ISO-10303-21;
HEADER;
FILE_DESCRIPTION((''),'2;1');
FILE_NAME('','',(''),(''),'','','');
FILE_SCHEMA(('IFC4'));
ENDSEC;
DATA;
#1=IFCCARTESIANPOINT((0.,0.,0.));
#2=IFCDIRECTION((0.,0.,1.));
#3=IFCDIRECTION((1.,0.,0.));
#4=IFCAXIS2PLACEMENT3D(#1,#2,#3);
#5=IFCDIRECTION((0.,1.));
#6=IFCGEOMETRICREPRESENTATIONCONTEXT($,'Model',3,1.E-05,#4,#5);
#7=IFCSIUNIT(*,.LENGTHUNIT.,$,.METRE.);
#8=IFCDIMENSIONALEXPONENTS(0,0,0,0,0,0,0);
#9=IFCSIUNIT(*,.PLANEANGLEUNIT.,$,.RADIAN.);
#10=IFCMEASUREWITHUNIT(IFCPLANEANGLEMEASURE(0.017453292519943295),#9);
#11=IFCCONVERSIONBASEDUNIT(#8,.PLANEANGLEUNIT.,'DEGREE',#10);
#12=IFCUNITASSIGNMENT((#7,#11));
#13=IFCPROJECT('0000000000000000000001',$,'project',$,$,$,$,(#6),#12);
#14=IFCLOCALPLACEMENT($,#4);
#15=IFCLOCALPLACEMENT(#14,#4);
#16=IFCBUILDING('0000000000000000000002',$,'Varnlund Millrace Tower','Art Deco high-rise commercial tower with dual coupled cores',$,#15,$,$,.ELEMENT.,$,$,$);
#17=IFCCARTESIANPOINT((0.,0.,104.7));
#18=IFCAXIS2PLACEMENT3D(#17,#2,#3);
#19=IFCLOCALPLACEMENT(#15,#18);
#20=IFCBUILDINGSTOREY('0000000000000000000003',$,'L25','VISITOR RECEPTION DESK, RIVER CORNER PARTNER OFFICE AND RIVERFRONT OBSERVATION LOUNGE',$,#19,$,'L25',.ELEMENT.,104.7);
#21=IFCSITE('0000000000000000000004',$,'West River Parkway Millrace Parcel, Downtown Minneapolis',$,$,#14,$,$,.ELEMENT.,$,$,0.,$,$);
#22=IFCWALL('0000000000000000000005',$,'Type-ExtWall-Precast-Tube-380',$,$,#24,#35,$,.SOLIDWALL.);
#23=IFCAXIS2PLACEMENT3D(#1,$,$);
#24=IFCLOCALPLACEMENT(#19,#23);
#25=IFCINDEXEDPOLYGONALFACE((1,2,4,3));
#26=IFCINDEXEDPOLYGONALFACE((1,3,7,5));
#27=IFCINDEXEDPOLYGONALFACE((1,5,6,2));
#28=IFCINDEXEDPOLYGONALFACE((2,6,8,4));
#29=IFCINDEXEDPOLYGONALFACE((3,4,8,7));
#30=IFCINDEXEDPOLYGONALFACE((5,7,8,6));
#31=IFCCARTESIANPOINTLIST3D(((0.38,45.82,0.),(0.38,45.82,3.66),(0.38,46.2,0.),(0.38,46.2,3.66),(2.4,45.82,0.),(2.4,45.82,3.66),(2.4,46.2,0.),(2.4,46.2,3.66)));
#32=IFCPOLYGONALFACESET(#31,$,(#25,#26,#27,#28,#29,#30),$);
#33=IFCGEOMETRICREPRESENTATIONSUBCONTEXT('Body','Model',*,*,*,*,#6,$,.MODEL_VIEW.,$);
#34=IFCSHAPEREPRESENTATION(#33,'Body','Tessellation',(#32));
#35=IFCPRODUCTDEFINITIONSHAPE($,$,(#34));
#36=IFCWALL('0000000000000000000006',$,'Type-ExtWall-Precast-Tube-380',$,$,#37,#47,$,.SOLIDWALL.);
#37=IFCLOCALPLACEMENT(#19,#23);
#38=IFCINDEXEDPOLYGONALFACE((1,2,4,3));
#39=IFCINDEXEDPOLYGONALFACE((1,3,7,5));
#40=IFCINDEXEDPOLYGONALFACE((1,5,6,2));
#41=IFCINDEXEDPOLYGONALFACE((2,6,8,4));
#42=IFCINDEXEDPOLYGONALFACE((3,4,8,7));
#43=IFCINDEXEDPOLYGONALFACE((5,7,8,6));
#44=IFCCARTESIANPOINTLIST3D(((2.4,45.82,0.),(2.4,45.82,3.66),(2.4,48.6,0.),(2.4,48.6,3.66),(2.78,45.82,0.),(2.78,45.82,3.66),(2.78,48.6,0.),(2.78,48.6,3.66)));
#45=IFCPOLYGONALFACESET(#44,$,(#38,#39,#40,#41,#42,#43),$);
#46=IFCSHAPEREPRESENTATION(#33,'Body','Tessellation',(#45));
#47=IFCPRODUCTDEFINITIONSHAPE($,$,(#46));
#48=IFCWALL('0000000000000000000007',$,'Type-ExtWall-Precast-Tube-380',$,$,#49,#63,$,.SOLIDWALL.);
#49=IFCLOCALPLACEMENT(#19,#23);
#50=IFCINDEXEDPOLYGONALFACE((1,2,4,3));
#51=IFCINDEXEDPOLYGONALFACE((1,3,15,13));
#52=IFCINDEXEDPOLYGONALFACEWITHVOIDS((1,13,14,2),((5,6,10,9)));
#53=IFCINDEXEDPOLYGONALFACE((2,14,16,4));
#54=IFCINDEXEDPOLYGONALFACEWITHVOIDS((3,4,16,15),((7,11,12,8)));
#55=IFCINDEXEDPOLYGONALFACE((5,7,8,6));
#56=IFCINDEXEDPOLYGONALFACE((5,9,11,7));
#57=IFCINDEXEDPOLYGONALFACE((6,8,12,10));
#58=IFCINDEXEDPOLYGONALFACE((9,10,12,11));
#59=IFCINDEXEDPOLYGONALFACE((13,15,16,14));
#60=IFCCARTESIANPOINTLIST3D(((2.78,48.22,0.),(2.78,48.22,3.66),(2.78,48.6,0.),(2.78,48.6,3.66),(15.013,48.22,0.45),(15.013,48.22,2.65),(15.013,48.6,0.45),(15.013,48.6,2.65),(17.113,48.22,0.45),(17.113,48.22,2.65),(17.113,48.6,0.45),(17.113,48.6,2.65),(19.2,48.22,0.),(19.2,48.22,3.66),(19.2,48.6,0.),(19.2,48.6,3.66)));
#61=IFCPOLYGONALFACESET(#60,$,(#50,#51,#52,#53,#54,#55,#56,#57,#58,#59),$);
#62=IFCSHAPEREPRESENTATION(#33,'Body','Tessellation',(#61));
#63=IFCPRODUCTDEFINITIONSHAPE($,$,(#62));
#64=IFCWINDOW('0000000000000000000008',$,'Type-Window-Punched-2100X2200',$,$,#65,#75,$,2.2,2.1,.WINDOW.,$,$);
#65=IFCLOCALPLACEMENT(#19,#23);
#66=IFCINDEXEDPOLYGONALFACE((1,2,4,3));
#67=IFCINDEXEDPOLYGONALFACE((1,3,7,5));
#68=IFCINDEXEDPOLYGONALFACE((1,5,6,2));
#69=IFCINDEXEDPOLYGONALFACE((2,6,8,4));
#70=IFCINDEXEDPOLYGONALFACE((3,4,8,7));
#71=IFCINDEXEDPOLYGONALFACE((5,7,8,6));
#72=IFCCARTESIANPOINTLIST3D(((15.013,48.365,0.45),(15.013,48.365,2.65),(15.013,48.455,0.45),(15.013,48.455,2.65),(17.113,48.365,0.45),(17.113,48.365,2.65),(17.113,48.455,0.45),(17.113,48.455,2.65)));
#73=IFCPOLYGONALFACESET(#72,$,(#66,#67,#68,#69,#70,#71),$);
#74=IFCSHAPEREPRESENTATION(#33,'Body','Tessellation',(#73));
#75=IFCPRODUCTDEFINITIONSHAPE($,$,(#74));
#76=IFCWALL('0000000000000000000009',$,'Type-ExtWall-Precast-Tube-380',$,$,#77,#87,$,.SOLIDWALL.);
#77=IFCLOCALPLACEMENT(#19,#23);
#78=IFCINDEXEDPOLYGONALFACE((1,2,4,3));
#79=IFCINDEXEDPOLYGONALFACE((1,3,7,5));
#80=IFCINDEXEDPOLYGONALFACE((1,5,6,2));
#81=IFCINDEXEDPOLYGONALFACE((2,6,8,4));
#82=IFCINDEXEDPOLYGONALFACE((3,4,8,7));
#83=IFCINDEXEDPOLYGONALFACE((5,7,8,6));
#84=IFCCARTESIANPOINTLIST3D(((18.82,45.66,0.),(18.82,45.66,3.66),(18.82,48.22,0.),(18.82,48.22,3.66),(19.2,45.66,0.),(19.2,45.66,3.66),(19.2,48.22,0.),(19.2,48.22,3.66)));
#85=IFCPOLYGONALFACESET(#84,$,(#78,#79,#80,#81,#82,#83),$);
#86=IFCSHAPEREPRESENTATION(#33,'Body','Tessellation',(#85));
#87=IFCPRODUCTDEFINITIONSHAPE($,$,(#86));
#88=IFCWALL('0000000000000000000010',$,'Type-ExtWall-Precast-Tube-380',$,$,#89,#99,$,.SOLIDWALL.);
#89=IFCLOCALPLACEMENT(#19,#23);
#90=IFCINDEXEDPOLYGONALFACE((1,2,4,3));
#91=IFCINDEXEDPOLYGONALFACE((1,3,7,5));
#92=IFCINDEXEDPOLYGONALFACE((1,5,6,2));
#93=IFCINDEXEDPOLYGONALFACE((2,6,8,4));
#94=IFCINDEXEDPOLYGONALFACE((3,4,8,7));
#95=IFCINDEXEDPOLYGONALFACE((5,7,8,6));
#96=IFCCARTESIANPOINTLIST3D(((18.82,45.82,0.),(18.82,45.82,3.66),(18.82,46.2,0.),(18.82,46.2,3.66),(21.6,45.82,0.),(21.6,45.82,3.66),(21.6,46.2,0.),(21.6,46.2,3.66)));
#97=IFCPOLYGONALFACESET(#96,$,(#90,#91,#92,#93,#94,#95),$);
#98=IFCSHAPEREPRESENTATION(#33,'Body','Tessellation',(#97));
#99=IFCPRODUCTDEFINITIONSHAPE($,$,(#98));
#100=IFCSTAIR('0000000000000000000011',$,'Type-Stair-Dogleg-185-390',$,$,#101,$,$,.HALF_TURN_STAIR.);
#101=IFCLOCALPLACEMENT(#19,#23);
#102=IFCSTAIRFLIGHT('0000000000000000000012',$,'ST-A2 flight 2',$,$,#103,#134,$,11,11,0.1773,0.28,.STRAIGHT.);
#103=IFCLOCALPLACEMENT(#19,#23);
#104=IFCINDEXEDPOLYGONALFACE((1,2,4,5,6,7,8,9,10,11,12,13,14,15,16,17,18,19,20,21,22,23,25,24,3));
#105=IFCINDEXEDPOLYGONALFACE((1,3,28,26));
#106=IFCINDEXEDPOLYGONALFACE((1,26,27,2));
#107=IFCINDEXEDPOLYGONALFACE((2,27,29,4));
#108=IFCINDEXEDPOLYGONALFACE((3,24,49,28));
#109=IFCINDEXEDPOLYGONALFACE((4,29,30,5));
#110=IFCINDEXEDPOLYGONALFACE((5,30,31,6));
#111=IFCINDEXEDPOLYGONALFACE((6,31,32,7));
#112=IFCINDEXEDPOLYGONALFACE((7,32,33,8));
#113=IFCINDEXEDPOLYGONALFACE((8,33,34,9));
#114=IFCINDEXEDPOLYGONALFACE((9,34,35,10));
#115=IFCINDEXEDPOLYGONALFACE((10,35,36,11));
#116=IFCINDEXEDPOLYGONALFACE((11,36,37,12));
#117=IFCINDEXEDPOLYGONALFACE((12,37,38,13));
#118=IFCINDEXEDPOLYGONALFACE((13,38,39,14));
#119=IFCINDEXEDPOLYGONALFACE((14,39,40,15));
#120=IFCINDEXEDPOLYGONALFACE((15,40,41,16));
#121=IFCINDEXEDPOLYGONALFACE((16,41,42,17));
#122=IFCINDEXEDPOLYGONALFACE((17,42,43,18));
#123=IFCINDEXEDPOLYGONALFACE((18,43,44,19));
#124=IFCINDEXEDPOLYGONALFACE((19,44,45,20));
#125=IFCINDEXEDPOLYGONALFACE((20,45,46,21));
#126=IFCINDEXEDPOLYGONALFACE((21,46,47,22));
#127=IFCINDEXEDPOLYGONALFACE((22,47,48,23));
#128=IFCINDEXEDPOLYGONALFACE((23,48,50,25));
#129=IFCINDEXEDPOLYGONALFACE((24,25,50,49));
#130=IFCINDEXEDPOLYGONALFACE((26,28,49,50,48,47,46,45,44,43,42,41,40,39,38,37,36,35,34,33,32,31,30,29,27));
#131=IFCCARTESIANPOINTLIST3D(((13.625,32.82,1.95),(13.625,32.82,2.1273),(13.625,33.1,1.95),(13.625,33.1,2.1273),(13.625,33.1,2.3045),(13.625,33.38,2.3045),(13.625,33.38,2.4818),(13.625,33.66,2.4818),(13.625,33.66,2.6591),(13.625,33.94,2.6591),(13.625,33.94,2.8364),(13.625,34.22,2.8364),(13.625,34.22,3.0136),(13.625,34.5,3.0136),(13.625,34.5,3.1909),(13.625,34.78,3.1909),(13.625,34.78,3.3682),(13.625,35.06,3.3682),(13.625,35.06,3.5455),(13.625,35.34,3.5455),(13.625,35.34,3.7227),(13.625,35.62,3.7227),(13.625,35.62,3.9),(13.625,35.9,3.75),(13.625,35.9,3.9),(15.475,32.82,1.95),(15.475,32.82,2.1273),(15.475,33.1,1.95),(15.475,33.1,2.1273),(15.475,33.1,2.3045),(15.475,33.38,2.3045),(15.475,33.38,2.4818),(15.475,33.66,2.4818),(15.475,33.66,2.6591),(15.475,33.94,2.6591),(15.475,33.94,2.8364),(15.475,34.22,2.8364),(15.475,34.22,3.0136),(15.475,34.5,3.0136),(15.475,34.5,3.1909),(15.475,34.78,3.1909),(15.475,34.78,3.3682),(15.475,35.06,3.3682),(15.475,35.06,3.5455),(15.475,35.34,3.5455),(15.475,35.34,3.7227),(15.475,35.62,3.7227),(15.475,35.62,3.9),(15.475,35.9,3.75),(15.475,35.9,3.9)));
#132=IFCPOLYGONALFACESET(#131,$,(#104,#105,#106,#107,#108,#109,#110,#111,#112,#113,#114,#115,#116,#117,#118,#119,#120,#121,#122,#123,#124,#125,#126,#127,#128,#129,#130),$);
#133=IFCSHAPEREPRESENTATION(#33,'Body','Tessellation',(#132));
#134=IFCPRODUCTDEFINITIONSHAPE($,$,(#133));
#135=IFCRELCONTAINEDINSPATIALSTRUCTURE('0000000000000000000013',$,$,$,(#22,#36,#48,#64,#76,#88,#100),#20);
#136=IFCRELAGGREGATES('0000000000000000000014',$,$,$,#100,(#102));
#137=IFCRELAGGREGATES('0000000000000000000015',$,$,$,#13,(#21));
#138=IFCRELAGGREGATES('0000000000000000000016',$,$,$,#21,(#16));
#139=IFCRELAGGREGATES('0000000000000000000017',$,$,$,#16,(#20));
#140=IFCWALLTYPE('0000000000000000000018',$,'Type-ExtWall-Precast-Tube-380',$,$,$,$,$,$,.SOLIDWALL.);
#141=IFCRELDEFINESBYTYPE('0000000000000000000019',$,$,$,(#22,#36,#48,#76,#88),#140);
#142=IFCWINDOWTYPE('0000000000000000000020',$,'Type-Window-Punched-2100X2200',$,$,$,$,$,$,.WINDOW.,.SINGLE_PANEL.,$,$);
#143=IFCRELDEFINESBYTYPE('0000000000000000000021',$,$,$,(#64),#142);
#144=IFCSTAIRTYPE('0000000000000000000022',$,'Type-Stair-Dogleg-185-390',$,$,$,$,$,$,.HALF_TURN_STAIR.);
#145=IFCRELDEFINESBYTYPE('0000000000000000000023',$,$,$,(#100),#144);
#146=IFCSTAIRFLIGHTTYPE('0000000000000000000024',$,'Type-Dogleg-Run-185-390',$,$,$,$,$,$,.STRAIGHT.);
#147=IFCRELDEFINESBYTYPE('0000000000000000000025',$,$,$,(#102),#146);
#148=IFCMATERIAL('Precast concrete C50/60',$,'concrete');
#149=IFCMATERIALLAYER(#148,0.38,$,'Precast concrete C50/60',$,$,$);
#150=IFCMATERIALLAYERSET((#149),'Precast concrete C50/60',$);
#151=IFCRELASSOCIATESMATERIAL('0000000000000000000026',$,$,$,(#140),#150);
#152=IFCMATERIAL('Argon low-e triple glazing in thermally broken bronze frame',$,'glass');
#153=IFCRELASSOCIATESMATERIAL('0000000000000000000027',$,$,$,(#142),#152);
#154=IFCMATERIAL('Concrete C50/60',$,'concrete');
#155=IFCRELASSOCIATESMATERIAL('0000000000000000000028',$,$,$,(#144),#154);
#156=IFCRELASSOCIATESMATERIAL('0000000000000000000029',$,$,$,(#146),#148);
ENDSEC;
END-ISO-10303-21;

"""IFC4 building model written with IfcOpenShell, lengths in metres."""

from ifc_helpers import new_model, entity, si_unit, converted_unit, direction, frame, origin_with_axes, origin_2d_with_axis, place, context, subcontext, project, spatial, polyline, rectangle, outline, extrude, material, layer, layer_set, type_object, element, fill, aggregate, save


model = new_model("IFC4")

# Units and contexts
model_context = context("Model", 3, precision=1e-05, world=origin_with_axes(), true_north=direction((0.0, 1.0)))
body_context = subcontext(model_context, "Body", "Model", "MODEL_VIEW")
ifc_project = project(units=[si_unit("LENGTHUNIT", "METRE"), converted_unit("PLANEANGLEUNIT", "DEGREE", entity("IfcPlaneAngleMeasure", 0.017453292519943295), si_unit("PLANEANGLEUNIT", "RADIAN"), dimensions=[0, 0, 0, 0, 0, 0, 0])], contexts=[model_context])

# Site, building, storey
site_placement = place(None, origin_with_axes())
site = spatial("IfcSite", under=ifc_project, at=site_placement, Name="West River Parkway Millrace Parcel, Downtown Minneapolis", CompositionType="ELEMENT", RefElevation=0.0)
building_placement = place(site_placement, origin_with_axes())
building = spatial("IfcBuilding", under=site, at=building_placement, Name="Varnlund Millrace Tower", Description="Art Deco high-rise commercial tower with dual coupled cores", CompositionType="ELEMENT")
storey_placement = place(building_placement, frame((0.0, 0.0, 104.7), z_axis=(0.0, 0.0, 1.0), x_axis=(1.0, 0.0, 0.0)))
storey = spatial("IfcBuildingStorey", under=building, at=storey_placement, Name="L25", Description="VISITOR RECEPTION DESK, RIVER CORNER PARTNER OFFICE AND RIVERFRONT OBSERVATION LOUNGE", LongName="L25", CompositionType="ELEMENT", Elevation=104.7)

# Walls
ifc_material_1 = material(Name="Precast concrete C50/60", Category="concrete")
ifc_layer = layer(ifc_material_1, 0.38, Name="Precast concrete C50/60")
ifc_layer_set = layer_set([ifc_layer], Name="Precast concrete C50/60")
wall_type = type_object("IfcWallType", Name="Type-ExtWall-Precast-Tube-380", PredefinedType="SOLIDWALL", material=ifc_layer_set)
wall_1_placement = place(storey_placement, frame((0.38, 46.01, 0.0), z_axis=(0.0, 0.0, 1.0), x_axis=(1.0, 0.0, 0.0)))
element("IfcWall", 1, at=wall_1_placement, inside=storey, type_object=wall_type, Name="Type-ExtWall-Precast-Tube-380", PredefinedType="SOLIDWALL", context=body_context, shape_type="SweptSolid", body=[
    extrude(outline(polyline([(0.0, -0.19), (2.02, -0.19), (2.02, 0.19), (0.0, 0.19), (0.0, -0.19)])), origin_with_axes(), (0.0, 0.0, 1.0), 3.66),
])
wall_2_placement = place(storey_placement, frame((2.59, 45.82, 0.0), z_axis=(0.0, 0.0, 1.0), x_axis=(0.0, 1.0, 0.0)))
element("IfcWall", 2, at=wall_2_placement, inside=storey, type_object=wall_type, Name="Type-ExtWall-Precast-Tube-380", PredefinedType="SOLIDWALL", context=body_context, shape_type="SweptSolid", body=[
    extrude(outline(polyline([(0.0, -0.19), (2.78, -0.19), (2.78, 0.19), (0.0, 0.19), (0.0, -0.19)])), origin_with_axes(), (0.0, 0.0, 1.0), 3.66),
])

# Wall, opening, window
wall_3_placement = place(storey_placement, frame((2.78, 48.41, 0.0), z_axis=(0.0, 0.0, 1.0), x_axis=(1.0, 0.0, 0.0)))
wall_3 = element("IfcWall", 3, at=wall_3_placement, inside=storey, type_object=wall_type, Name="Type-ExtWall-Precast-Tube-380", PredefinedType="SOLIDWALL", context=body_context, shape_type="SweptSolid", body=[
    extrude(outline(polyline([(0.0, -0.19), (16.42, -0.19), (16.42, 0.19), (0.0, 0.19), (0.0, -0.19)])), origin_with_axes(), (0.0, 0.0, 1.0), 3.66),
])
opening_placement = place(wall_3_placement, frame((13.283, 0.0, 0.45), z_axis=(0.0, 0.0, 1.0), x_axis=(1.0, 0.0, 0.0)))
opening = element("IfcOpeningElement", 4, at=opening_placement, cuts=wall_3, PredefinedType="OPENING", context=body_context, shape_type="SweptSolid", body=[
    extrude(rectangle(XDim=2.1, YDim=0.4, at=origin_2d_with_axis()), origin_with_axes(), (0.0, 0.0, 1.0), 2.2),
])
ifc_material_2 = material(Name="Argon low-e triple glazing in thermally broken bronze frame", Category="glass")
window_type = type_object("IfcWindowType", Name="Type-Window-Punched-2100X2200", PartitioningType="SINGLE_PANEL", PredefinedType="WINDOW", material=ifc_material_2)
window_placement = place(wall_3_placement, frame((13.283, 0.0, 0.45), z_axis=(0.0, 0.0, 1.0), x_axis=(1.0, 0.0, 0.0)))
window = element("IfcWindow", 5, at=window_placement, inside=storey, type_object=window_type, Name="Type-Window-Punched-2100X2200", OverallHeight=2.2, OverallWidth=2.1, PredefinedType="WINDOW", context=body_context, shape_type="SweptSolid", body=[
    extrude(rectangle(XDim=2.1, YDim=0.09, at=origin_2d_with_axis()), origin_with_axes(), (0.0, 0.0, 1.0), 2.2),
])
fill(opening, window)

# Walls
wall_4_placement = place(storey_placement, frame((19.01, 48.22, 0.0), z_axis=(0.0, 0.0, 1.0), x_axis=(0.0, -1.0, 0.0)))
element("IfcWall", 6, at=wall_4_placement, inside=storey, type_object=wall_type, Name="Type-ExtWall-Precast-Tube-380", PredefinedType="SOLIDWALL", context=body_context, shape_type="SweptSolid", body=[
    extrude(outline(polyline([(0.0, -0.19), (2.56, -0.19), (2.56, 0.19), (0.0, 0.19), (0.0, -0.19)])), origin_with_axes(), (0.0, 0.0, 1.0), 3.66),
])
wall_5_placement = place(storey_placement, frame((18.82, 46.01, 0.0), z_axis=(0.0, 0.0, 1.0), x_axis=(1.0, 0.0, 0.0)))
element("IfcWall", 7, at=wall_5_placement, inside=storey, type_object=wall_type, Name="Type-ExtWall-Precast-Tube-380", PredefinedType="SOLIDWALL", context=body_context, shape_type="SweptSolid", body=[
    extrude(outline(polyline([(0.0, -0.19), (2.78, -0.19), (2.78, 0.19), (0.0, 0.19), (0.0, -0.19)])), origin_with_axes(), (0.0, 0.0, 1.0), 3.66),
])

# Stair, stair flight
ifc_material_3 = material(Name="Concrete C50/60", Category="concrete")
stair_type = type_object("IfcStairType", Name="Type-Stair-Dogleg-185-390", PredefinedType="HALF_TURN_STAIR", material=ifc_material_3)
stair_placement = place(storey_placement, origin_with_axes())
stair = element("IfcStair", 8, at=stair_placement, inside=storey, type_object=stair_type, Name="Type-Stair-Dogleg-185-390", PredefinedType="HALF_TURN_STAIR")
stair_flight_type = type_object("IfcStairFlightType", Name="Type-Dogleg-Run-185-390", PredefinedType="STRAIGHT", material=ifc_material_1)
stair_flight_placement = place(storey_placement, frame((13.625, 32.82, 1.95), z_axis=(1.0, 0.0, 0.0), x_axis=(0.0, 1.0, 0.0)))
stair_flight = element("IfcStairFlight", 9, at=stair_flight_placement, type_object=stair_flight_type, Name="ST-A2 flight 2", NumberOfRisers=11, NumberOfTreads=11, PredefinedType="STRAIGHT", RiserHeight=0.1773, TreadLength=0.28, context=body_context, shape_type="SweptSolid", body=[
    extrude(outline(polyline([(0.0, 0.0), (0.0, 0.1773), (0.28, 0.1773), (0.28, 0.3545), (0.56, 0.3545), (0.56, 0.5318), (0.84, 0.5318), (0.84, 0.7091), (1.12, 0.7091), (1.12, 0.8864), (1.4, 0.8864), (1.4, 1.0636), (1.68, 1.0636), (1.68, 1.2409), (1.96, 1.2409), (1.96, 1.4182), (2.24, 1.4182), (2.24, 1.5955), (2.52, 1.5955), (2.52, 1.7727), (2.8, 1.7727), (2.8, 1.95), (3.08, 1.95), (3.08, 1.8), (0.28, 0.0), (0.0, 0.0)])), origin_with_axes(), (0.0, 0.0, 1.0), 1.85),
])
aggregate(stair, [stair_flight])

save(model, "model.ifc")
